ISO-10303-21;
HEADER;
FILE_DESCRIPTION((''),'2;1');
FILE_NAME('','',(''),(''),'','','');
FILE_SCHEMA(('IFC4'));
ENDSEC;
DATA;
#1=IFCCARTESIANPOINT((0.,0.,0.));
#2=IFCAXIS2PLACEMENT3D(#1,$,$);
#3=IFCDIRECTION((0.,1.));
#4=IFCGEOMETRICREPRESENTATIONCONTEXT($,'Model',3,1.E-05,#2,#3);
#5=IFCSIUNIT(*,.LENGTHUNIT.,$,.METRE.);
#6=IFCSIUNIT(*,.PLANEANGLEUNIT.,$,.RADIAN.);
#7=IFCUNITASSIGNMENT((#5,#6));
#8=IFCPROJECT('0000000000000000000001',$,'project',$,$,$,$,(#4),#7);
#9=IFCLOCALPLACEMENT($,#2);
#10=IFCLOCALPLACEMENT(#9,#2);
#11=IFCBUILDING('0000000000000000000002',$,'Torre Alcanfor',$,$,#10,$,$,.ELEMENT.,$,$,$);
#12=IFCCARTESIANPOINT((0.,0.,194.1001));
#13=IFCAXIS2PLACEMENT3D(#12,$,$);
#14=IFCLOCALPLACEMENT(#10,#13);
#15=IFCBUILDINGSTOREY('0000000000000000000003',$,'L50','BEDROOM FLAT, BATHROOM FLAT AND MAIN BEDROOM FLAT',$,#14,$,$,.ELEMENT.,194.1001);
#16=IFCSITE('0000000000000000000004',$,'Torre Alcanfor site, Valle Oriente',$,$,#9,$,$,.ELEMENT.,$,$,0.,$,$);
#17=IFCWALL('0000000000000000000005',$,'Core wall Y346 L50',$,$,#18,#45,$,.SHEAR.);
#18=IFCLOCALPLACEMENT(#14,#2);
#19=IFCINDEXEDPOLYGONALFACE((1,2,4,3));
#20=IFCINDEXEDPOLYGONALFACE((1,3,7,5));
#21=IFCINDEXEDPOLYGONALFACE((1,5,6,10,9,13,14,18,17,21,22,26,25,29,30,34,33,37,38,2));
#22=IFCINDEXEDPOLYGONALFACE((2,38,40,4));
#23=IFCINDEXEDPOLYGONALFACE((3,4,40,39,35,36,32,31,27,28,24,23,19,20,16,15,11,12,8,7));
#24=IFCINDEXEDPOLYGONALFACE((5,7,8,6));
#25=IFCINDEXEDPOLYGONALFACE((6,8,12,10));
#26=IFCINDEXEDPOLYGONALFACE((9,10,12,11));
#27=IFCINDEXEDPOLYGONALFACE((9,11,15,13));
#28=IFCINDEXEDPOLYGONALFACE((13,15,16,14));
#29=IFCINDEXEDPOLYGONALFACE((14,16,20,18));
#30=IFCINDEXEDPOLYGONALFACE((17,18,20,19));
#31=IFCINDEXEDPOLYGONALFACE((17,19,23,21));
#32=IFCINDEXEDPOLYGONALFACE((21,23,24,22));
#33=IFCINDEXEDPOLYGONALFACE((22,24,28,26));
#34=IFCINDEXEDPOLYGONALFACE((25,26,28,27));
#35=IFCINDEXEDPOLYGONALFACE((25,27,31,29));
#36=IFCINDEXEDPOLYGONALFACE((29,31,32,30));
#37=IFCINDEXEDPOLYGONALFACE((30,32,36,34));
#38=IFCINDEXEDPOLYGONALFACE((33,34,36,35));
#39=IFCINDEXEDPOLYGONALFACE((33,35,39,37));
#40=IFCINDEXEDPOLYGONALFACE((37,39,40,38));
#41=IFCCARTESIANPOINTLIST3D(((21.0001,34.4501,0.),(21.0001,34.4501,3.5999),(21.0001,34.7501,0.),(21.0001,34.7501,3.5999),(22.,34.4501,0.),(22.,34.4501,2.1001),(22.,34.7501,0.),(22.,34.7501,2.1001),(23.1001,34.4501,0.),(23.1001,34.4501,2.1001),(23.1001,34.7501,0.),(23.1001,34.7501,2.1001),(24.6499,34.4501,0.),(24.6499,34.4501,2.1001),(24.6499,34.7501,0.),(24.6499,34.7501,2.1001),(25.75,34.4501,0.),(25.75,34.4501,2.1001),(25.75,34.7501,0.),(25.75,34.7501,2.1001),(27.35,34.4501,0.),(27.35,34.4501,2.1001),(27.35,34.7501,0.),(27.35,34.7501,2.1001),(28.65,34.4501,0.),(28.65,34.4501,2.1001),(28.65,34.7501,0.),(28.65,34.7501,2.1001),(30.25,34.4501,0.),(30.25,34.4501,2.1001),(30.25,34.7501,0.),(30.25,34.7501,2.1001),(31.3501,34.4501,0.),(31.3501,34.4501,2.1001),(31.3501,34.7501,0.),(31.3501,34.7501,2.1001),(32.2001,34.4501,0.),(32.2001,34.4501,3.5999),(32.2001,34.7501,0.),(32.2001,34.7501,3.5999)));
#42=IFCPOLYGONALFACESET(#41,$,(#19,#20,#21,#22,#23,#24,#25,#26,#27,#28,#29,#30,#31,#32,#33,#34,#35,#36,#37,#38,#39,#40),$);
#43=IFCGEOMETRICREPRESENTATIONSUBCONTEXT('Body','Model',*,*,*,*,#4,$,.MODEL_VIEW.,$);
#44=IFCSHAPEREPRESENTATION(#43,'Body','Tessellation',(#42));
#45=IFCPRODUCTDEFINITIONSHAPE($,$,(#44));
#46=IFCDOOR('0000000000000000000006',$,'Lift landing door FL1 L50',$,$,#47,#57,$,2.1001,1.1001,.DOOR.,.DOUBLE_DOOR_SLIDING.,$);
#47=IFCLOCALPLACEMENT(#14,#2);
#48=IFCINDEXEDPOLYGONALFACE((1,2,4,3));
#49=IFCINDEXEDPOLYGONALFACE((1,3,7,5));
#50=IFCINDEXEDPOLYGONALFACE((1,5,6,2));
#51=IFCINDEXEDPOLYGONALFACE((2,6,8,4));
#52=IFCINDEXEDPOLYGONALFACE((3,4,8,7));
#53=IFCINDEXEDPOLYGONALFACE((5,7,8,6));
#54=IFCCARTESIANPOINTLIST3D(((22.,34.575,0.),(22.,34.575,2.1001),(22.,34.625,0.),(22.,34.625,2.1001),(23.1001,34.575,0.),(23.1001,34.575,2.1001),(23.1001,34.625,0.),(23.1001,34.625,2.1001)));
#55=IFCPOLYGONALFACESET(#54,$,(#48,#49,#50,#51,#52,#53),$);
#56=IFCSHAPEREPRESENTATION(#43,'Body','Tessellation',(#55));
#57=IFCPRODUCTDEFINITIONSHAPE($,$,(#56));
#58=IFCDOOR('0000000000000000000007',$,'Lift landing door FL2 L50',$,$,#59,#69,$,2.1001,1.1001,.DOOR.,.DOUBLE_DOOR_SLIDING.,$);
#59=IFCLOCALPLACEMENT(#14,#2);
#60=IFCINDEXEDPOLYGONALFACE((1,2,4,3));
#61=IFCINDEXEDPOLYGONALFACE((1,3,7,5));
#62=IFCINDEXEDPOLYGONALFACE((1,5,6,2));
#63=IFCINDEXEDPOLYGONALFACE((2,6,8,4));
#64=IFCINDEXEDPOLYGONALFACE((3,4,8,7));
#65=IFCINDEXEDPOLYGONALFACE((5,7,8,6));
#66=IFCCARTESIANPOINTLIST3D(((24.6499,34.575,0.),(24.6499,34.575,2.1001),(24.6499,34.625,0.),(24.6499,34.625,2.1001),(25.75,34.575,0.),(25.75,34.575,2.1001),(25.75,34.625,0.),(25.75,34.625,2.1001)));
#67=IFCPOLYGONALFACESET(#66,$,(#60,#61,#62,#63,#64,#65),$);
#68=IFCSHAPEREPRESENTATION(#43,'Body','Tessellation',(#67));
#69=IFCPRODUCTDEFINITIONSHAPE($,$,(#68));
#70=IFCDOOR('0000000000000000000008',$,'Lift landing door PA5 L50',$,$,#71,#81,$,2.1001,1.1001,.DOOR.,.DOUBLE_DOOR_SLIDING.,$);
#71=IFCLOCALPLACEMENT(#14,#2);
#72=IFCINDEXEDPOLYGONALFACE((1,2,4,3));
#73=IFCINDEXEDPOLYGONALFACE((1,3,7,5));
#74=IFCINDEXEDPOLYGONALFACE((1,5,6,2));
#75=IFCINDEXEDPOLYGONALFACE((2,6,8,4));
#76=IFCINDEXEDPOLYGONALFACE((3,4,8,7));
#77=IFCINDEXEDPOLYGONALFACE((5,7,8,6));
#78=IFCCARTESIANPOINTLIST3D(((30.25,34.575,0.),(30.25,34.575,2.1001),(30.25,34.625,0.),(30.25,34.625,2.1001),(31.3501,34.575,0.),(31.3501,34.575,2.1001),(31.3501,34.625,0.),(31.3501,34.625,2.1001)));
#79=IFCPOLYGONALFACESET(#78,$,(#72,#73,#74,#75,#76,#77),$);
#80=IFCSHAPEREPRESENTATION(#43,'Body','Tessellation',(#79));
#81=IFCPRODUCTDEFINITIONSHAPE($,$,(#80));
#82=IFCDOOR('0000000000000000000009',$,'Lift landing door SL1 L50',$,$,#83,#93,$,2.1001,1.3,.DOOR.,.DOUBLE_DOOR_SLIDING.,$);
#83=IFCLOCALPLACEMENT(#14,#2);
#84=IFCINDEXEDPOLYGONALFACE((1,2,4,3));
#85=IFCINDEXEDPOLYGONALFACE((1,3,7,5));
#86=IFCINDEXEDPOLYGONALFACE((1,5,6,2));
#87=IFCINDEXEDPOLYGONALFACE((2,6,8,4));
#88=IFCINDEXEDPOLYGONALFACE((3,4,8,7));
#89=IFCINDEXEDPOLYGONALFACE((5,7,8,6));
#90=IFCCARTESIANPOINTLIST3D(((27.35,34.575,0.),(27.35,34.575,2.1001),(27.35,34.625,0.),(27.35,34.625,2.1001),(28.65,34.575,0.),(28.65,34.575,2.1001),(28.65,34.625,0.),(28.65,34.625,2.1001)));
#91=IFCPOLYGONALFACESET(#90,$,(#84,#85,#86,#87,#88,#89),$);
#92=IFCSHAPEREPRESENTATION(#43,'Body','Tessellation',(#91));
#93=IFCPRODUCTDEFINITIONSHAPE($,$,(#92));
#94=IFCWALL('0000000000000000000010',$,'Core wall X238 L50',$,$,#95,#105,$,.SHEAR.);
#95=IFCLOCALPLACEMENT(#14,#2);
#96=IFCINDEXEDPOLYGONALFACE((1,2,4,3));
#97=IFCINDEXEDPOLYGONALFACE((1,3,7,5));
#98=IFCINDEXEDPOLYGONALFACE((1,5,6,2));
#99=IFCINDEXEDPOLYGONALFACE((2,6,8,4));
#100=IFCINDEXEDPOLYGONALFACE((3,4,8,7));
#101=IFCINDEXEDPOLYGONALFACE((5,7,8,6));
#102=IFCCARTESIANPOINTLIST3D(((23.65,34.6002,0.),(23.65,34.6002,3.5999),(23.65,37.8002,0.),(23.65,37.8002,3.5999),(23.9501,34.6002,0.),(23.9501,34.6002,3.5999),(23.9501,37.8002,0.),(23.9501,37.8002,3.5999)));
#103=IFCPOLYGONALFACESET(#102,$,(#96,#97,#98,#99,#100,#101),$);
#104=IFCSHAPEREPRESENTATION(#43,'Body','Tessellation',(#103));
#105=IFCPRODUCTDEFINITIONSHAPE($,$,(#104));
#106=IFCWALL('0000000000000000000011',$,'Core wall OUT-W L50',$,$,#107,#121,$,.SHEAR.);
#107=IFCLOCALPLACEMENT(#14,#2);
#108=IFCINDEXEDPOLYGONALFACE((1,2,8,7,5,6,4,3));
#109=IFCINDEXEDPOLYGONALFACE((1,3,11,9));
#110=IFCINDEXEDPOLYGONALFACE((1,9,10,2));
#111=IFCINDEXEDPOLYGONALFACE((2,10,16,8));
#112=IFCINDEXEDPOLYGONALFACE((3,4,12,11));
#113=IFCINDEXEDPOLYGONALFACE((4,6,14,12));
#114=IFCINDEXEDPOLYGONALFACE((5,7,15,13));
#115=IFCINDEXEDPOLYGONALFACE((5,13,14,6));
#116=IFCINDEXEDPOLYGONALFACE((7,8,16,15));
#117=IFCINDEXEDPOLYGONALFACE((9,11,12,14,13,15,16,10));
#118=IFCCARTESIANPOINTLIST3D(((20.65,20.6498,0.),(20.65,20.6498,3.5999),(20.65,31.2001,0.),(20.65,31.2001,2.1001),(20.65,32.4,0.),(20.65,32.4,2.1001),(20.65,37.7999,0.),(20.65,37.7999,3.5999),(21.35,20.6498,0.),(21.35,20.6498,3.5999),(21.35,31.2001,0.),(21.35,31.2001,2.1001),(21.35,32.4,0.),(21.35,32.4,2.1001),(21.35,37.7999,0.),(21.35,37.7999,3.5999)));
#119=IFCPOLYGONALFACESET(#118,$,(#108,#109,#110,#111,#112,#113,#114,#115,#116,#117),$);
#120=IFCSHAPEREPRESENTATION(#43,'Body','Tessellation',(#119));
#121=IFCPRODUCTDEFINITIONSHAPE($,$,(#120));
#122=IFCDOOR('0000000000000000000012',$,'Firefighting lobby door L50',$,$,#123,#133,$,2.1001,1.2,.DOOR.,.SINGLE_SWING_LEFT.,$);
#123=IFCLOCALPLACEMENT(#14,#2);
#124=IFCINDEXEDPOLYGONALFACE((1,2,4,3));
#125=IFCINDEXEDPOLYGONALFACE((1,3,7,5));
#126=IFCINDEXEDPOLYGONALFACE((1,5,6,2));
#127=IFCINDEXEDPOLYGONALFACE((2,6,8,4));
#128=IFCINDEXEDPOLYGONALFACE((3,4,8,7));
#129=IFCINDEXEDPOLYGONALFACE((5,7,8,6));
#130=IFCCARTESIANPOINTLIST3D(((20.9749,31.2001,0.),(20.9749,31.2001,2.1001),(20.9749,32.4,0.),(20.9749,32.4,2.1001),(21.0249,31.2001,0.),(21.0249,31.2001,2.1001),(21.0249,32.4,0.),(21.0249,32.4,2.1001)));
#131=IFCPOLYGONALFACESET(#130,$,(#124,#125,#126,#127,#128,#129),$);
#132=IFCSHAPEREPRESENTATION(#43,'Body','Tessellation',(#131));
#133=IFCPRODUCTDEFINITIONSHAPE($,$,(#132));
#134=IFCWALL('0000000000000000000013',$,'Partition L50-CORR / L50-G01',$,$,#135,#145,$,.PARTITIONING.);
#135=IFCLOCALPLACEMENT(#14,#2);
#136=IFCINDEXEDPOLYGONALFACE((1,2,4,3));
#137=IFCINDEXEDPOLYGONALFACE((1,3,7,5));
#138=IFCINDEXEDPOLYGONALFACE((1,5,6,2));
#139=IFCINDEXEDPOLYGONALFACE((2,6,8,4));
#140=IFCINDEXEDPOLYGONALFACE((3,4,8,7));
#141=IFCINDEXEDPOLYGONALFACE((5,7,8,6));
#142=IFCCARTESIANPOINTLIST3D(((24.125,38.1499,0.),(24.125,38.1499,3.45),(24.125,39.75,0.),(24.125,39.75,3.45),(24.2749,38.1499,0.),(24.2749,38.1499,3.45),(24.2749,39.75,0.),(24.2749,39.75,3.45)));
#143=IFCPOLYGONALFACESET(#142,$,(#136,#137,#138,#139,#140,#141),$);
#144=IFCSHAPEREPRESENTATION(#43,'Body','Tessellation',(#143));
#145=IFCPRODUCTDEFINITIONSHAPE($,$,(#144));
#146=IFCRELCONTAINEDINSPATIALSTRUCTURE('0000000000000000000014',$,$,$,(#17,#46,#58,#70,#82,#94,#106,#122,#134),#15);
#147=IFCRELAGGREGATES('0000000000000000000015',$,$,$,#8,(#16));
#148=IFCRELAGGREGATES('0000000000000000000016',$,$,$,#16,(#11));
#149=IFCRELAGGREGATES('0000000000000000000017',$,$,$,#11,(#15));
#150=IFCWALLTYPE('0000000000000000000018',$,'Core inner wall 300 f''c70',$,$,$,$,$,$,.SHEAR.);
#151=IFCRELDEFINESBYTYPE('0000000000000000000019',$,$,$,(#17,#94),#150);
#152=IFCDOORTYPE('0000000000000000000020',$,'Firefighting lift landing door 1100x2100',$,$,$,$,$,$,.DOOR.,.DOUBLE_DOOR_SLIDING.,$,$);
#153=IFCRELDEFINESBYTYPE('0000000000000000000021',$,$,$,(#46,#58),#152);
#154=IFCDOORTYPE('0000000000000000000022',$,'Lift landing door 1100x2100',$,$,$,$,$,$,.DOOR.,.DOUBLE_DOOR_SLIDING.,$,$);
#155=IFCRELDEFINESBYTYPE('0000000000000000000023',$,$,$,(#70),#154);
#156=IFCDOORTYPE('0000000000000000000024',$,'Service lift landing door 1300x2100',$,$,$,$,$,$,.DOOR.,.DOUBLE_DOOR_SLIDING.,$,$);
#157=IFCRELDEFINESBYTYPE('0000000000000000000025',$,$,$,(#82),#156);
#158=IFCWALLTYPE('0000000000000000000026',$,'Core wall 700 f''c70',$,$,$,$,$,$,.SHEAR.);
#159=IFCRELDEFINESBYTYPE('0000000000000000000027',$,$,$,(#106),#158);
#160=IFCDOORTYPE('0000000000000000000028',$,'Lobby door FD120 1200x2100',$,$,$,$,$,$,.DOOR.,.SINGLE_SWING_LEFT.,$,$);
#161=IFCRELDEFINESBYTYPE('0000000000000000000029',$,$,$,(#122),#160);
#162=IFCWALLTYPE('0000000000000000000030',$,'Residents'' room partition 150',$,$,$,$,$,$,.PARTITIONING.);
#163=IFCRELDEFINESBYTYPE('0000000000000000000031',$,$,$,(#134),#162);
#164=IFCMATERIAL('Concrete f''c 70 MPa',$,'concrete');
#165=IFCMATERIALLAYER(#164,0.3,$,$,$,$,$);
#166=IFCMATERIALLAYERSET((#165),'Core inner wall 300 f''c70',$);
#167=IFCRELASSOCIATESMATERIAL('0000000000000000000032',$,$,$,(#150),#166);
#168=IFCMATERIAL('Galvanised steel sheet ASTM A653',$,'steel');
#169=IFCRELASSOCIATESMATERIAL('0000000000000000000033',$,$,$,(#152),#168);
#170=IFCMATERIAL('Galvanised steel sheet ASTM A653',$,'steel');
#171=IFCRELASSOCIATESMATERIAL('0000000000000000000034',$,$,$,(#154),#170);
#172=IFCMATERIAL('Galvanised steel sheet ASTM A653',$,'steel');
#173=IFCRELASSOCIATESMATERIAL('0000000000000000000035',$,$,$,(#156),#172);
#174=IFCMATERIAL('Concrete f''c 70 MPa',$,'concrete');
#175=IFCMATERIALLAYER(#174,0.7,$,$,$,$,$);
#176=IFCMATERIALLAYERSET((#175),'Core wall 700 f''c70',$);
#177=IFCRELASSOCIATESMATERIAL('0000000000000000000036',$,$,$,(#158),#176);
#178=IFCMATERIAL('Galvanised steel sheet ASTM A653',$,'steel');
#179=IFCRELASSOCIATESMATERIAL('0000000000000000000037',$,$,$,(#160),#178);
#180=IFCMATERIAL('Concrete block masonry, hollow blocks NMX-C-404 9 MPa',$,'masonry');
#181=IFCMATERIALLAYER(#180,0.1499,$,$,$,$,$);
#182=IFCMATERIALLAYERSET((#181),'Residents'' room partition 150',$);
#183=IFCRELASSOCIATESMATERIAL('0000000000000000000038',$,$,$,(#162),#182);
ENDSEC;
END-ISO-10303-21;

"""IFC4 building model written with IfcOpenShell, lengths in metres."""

from ifc_helpers import new_model, si_unit, direction, frame, frame_2d, origin, place, context, subcontext, project, spatial, rectangle, extrude, material, layer, layer_set, type_object, element, fill, save


model = new_model("IFC4")

# Units and contexts
model_context = context("Model", 3, precision=1e-05, world=origin(), true_north=direction((0.0, 1.0)))
body_context = subcontext(model_context, "Body", "Model", "MODEL_VIEW")
ifc_project = project(units=[si_unit("LENGTHUNIT", "METRE"), si_unit("PLANEANGLEUNIT", "RADIAN")], contexts=[model_context])

# Site, building, storey
site_placement = place(None, origin())
site = spatial("IfcSite", under=ifc_project, at=site_placement, Name="Torre Alcanfor site, Valle Oriente", CompositionType="ELEMENT", RefElevation=0.0)
building_placement = place(site_placement, origin())
building = spatial("IfcBuilding", under=site, at=building_placement, Name="Torre Alcanfor", CompositionType="ELEMENT")
storey_placement = place(building_placement, frame((0.0, 0.0, 194.1001)))
storey = spatial("IfcBuildingStorey", under=building, at=storey_placement, Name="L50", Description="BEDROOM FLAT, BATHROOM FLAT AND MAIN BEDROOM FLAT", CompositionType="ELEMENT", Elevation=194.1001)

# Wall, openings, doors
ifc_material_1 = material(Name="Concrete f'c 70 MPa", Category="concrete")
ifc_layer_1 = layer(ifc_material_1, 0.3)
ifc_layer_set_1 = layer_set([ifc_layer_1], Name="Core inner wall 300 f'c70")
wall_type_1 = type_object("IfcWallType", Name="Core inner wall 300 f'c70", PredefinedType="SHEAR", material=ifc_layer_set_1)
wall_1_placement = place(storey_placement, frame((21.0, 34.6001, 0.0), z_axis=(0.0, 0.0, 1.0), x_axis=(1.0, 0.0, 0.0)))
wall_1 = element("IfcWall", 1, at=wall_1_placement, inside=storey, type_object=wall_type_1, Name="Core wall Y346 L50", PredefinedType="SHEAR", context=body_context, shape_type="SweptSolid", body=[
    extrude(rectangle(XDim=11.2, YDim=0.3, at=frame_2d((5.6001, 0.0))), origin(), (0.0, 0.0, 1.0), 3.5999),
])
opening_1_placement = place(wall_1_placement, frame((9.25, 0.0, 0.0)))
opening_1 = element("IfcOpeningElement", 2, at=opening_1_placement, cuts=wall_1, PredefinedType="OPENING", context=body_context, shape_type="SweptSolid", body=[
    extrude(rectangle(XDim=1.1001, YDim=2.1001, at=frame_2d((0.55, 1.05))), frame((0.0, 0.1599, 0.0), z_axis=(0.0, -1.0, 0.0), x_axis=(1.0, 0.0, 0.0)), (0.0, 0.0, 1.0), 0.3201),
])
opening_2_placement = place(wall_1_placement, frame((1.0, 0.0, 0.0)))
opening_2 = element("IfcOpeningElement", 3, at=opening_2_placement, cuts=wall_1, PredefinedType="OPENING", context=body_context, shape_type="SweptSolid", body=[
    extrude(rectangle(XDim=1.1001, YDim=2.1001, at=frame_2d((0.55, 1.05))), frame((0.0, 0.1599, 0.0), z_axis=(0.0, -1.0, 0.0), x_axis=(1.0, 0.0, 0.0)), (0.0, 0.0, 1.0), 0.3201),
])
opening_3_placement = place(wall_1_placement, frame((3.6499, 0.0, 0.0)))
opening_3 = element("IfcOpeningElement", 4, at=opening_3_placement, cuts=wall_1, PredefinedType="OPENING", context=body_context, shape_type="SweptSolid", body=[
    extrude(rectangle(XDim=1.1001, YDim=2.1001, at=frame_2d((0.55, 1.05))), frame((0.0, 0.1599, 0.0), z_axis=(0.0, -1.0, 0.0), x_axis=(1.0, 0.0, 0.0)), (0.0, 0.0, 1.0), 0.3201),
])
opening_4_placement = place(wall_1_placement, frame((6.3501, 0.0, 0.0)))
opening_4 = element("IfcOpeningElement", 5, at=opening_4_placement, cuts=wall_1, PredefinedType="OPENING", context=body_context, shape_type="SweptSolid", body=[
    extrude(rectangle(XDim=1.3, YDim=2.1001, at=frame_2d((0.6499, 1.05))), frame((0.0, 0.1599, 0.0), z_axis=(0.0, -1.0, 0.0), x_axis=(1.0, 0.0, 0.0)), (0.0, 0.0, 1.0), 0.3201),
])
ifc_material_2 = material(Name="Galvanised steel sheet ASTM A653", Category="steel")
door_type_1 = type_object("IfcDoorType", Name="Firefighting lift landing door 1100x2100", OperationType="DOUBLE_DOOR_SLIDING", PredefinedType="DOOR", material=ifc_material_2)
door_1_placement = place(opening_2_placement, origin())
door_1 = element("IfcDoor", 6, at=door_1_placement, inside=storey, type_object=door_type_1, Name="Lift landing door FL1 L50", OperationType="DOUBLE_DOOR_SLIDING", OverallHeight=2.1001, OverallWidth=1.1001, PredefinedType="DOOR", context=body_context, shape_type="SweptSolid", body=[
    extrude(rectangle(XDim=1.1001, YDim=2.1001, at=frame_2d((0.55, 1.05))), frame((0.0, 0.0249, 0.0), z_axis=(0.0, -1.0, 0.0), x_axis=(1.0, 0.0, 0.0)), (0.0, 0.0, 1.0), 0.05),
])
fill(opening_2, door_1)
door_2_placement = place(opening_3_placement, origin())
door_2 = element("IfcDoor", 7, at=door_2_placement, inside=storey, type_object=door_type_1, Name="Lift landing door FL2 L50", OperationType="DOUBLE_DOOR_SLIDING", OverallHeight=2.1001, OverallWidth=1.1001, PredefinedType="DOOR", context=body_context, shape_type="SweptSolid", body=[
    extrude(rectangle(XDim=1.1001, YDim=2.1001, at=frame_2d((0.55, 1.05))), frame((0.0, 0.0249, 0.0), z_axis=(0.0, -1.0, 0.0), x_axis=(1.0, 0.0, 0.0)), (0.0, 0.0, 1.0), 0.05),
])
fill(opening_3, door_2)
ifc_material_3 = material(Name="Galvanised steel sheet ASTM A653", Category="steel")
door_type_2 = type_object("IfcDoorType", Name="Lift landing door 1100x2100", OperationType="DOUBLE_DOOR_SLIDING", PredefinedType="DOOR", material=ifc_material_3)
door_3_placement = place(opening_1_placement, origin())
door_3 = element("IfcDoor", 8, at=door_3_placement, inside=storey, type_object=door_type_2, Name="Lift landing door PA5 L50", OperationType="DOUBLE_DOOR_SLIDING", OverallHeight=2.1001, OverallWidth=1.1001, PredefinedType="DOOR", context=body_context, shape_type="SweptSolid", body=[
    extrude(rectangle(XDim=1.1001, YDim=2.1001, at=frame_2d((0.55, 1.05))), frame((0.0, 0.0249, 0.0), z_axis=(0.0, -1.0, 0.0), x_axis=(1.0, 0.0, 0.0)), (0.0, 0.0, 1.0), 0.05),
])
fill(opening_1, door_3)
ifc_material_4 = material(Name="Galvanised steel sheet ASTM A653", Category="steel")
door_type_3 = type_object("IfcDoorType", Name="Service lift landing door 1300x2100", OperationType="DOUBLE_DOOR_SLIDING", PredefinedType="DOOR", material=ifc_material_4)
door_4_placement = place(opening_4_placement, origin())
door_4 = element("IfcDoor", 9, at=door_4_placement, inside=storey, type_object=door_type_3, Name="Lift landing door SL1 L50", OperationType="DOUBLE_DOOR_SLIDING", OverallHeight=2.1001, OverallWidth=1.3, PredefinedType="DOOR", context=body_context, shape_type="SweptSolid", body=[
    extrude(rectangle(XDim=1.3, YDim=2.1001, at=frame_2d((0.6499, 1.05))), frame((0.0, 0.0249, 0.0), z_axis=(0.0, -1.0, 0.0), x_axis=(1.0, 0.0, 0.0)), (0.0, 0.0, 1.0), 0.05),
])
fill(opening_4, door_4)

# Wall
wall_2_placement = place(storey_placement, frame((23.8, 34.6001, 0.0), z_axis=(0.0, 0.0, 1.0), x_axis=(0.0, 1.0, 0.0)))
element("IfcWall", 10, at=wall_2_placement, inside=storey, type_object=wall_type_1, Name="Core wall X238 L50", PredefinedType="SHEAR", context=body_context, shape_type="SweptSolid", body=[
    extrude(rectangle(XDim=3.2, YDim=0.3, at=frame_2d((1.6001, 0.0))), origin(), (0.0, 0.0, 1.0), 3.5999),
])

# Wall, opening, door
ifc_material_5 = material(Name="Concrete f'c 70 MPa", Category="concrete")
ifc_layer_2 = layer(ifc_material_5, 0.7)
ifc_layer_set_2 = layer_set([ifc_layer_2], Name="Core wall 700 f'c70")
wall_type_2 = type_object("IfcWallType", Name="Core wall 700 f'c70", PredefinedType="SHEAR", material=ifc_layer_set_2)
wall_3_placement = place(storey_placement, frame((21.0, 37.8, 0.0), z_axis=(0.0, 0.0, 1.0), x_axis=(0.0, -1.0, 0.0)))
wall_3 = element("IfcWall", 11, at=wall_3_placement, inside=storey, type_object=wall_type_2, Name="Core wall OUT-W L50", PredefinedType="SHEAR", context=body_context, shape_type="SweptSolid", body=[
    extrude(rectangle(XDim=17.1501, YDim=0.7, at=frame_2d((8.5752, 0.0))), origin(), (0.0, 0.0, 1.0), 3.5999),
])
opening_5_placement = place(wall_3_placement, frame((5.3999, 0.0, 0.0)))
opening_5 = element("IfcOpeningElement", 12, at=opening_5_placement, cuts=wall_3, PredefinedType="OPENING", context=body_context, shape_type="SweptSolid", body=[
    extrude(rectangle(XDim=1.2, YDim=2.1001, at=frame_2d((0.6001, 1.05))), frame((0.0, 0.3599, 0.0), z_axis=(0.0, -1.0, 0.0), x_axis=(1.0, 0.0, 0.0)), (0.0, 0.0, 1.0), 0.72),
])
ifc_material_6 = material(Name="Galvanised steel sheet ASTM A653", Category="steel")
door_type_4 = type_object("IfcDoorType", Name="Lobby door FD120 1200x2100", OperationType="SINGLE_SWING_LEFT", PredefinedType="DOOR", material=ifc_material_6)
door_5_placement = place(opening_5_placement, origin())
door_5 = element("IfcDoor", 13, at=door_5_placement, inside=storey, type_object=door_type_4, Name="Firefighting lobby door L50", OperationType="SINGLE_SWING_LEFT", OverallHeight=2.1001, OverallWidth=1.2, PredefinedType="DOOR", context=body_context, shape_type="SweptSolid", body=[
    extrude(rectangle(XDim=1.2, YDim=2.1001, at=frame_2d((0.6001, 1.05))), frame((0.0, 0.0249, 0.0), z_axis=(0.0, -1.0, 0.0), x_axis=(1.0, 0.0, 0.0)), (0.0, 0.0, 1.0), 0.05),
])
fill(opening_5, door_5)

# Wall
ifc_material_7 = material(Name="Concrete block masonry, hollow blocks NMX-C-404 9 MPa", Category="masonry")
ifc_layer_3 = layer(ifc_material_7, 0.1499)
ifc_layer_set_3 = layer_set([ifc_layer_3], Name="Residents' room partition 150")
wall_type_3 = type_object("IfcWallType", Name="Residents' room partition 150", PredefinedType="PARTITIONING", material=ifc_layer_set_3)
wall_4_placement = place(storey_placement, frame((24.2, 38.1499, 0.0), z_axis=(0.0, 0.0, 1.0), x_axis=(0.0, 1.0, 0.0)))
element("IfcWall", 14, at=wall_4_placement, inside=storey, type_object=wall_type_3, Name="Partition L50-CORR / L50-G01", PredefinedType="PARTITIONING", context=body_context, shape_type="SweptSolid", body=[
    extrude(rectangle(XDim=1.6001, YDim=0.1499, at=frame_2d((0.8, 0.0))), origin(), (0.0, 0.0, 1.0), 3.45),
])

save(model, "model.ifc")
